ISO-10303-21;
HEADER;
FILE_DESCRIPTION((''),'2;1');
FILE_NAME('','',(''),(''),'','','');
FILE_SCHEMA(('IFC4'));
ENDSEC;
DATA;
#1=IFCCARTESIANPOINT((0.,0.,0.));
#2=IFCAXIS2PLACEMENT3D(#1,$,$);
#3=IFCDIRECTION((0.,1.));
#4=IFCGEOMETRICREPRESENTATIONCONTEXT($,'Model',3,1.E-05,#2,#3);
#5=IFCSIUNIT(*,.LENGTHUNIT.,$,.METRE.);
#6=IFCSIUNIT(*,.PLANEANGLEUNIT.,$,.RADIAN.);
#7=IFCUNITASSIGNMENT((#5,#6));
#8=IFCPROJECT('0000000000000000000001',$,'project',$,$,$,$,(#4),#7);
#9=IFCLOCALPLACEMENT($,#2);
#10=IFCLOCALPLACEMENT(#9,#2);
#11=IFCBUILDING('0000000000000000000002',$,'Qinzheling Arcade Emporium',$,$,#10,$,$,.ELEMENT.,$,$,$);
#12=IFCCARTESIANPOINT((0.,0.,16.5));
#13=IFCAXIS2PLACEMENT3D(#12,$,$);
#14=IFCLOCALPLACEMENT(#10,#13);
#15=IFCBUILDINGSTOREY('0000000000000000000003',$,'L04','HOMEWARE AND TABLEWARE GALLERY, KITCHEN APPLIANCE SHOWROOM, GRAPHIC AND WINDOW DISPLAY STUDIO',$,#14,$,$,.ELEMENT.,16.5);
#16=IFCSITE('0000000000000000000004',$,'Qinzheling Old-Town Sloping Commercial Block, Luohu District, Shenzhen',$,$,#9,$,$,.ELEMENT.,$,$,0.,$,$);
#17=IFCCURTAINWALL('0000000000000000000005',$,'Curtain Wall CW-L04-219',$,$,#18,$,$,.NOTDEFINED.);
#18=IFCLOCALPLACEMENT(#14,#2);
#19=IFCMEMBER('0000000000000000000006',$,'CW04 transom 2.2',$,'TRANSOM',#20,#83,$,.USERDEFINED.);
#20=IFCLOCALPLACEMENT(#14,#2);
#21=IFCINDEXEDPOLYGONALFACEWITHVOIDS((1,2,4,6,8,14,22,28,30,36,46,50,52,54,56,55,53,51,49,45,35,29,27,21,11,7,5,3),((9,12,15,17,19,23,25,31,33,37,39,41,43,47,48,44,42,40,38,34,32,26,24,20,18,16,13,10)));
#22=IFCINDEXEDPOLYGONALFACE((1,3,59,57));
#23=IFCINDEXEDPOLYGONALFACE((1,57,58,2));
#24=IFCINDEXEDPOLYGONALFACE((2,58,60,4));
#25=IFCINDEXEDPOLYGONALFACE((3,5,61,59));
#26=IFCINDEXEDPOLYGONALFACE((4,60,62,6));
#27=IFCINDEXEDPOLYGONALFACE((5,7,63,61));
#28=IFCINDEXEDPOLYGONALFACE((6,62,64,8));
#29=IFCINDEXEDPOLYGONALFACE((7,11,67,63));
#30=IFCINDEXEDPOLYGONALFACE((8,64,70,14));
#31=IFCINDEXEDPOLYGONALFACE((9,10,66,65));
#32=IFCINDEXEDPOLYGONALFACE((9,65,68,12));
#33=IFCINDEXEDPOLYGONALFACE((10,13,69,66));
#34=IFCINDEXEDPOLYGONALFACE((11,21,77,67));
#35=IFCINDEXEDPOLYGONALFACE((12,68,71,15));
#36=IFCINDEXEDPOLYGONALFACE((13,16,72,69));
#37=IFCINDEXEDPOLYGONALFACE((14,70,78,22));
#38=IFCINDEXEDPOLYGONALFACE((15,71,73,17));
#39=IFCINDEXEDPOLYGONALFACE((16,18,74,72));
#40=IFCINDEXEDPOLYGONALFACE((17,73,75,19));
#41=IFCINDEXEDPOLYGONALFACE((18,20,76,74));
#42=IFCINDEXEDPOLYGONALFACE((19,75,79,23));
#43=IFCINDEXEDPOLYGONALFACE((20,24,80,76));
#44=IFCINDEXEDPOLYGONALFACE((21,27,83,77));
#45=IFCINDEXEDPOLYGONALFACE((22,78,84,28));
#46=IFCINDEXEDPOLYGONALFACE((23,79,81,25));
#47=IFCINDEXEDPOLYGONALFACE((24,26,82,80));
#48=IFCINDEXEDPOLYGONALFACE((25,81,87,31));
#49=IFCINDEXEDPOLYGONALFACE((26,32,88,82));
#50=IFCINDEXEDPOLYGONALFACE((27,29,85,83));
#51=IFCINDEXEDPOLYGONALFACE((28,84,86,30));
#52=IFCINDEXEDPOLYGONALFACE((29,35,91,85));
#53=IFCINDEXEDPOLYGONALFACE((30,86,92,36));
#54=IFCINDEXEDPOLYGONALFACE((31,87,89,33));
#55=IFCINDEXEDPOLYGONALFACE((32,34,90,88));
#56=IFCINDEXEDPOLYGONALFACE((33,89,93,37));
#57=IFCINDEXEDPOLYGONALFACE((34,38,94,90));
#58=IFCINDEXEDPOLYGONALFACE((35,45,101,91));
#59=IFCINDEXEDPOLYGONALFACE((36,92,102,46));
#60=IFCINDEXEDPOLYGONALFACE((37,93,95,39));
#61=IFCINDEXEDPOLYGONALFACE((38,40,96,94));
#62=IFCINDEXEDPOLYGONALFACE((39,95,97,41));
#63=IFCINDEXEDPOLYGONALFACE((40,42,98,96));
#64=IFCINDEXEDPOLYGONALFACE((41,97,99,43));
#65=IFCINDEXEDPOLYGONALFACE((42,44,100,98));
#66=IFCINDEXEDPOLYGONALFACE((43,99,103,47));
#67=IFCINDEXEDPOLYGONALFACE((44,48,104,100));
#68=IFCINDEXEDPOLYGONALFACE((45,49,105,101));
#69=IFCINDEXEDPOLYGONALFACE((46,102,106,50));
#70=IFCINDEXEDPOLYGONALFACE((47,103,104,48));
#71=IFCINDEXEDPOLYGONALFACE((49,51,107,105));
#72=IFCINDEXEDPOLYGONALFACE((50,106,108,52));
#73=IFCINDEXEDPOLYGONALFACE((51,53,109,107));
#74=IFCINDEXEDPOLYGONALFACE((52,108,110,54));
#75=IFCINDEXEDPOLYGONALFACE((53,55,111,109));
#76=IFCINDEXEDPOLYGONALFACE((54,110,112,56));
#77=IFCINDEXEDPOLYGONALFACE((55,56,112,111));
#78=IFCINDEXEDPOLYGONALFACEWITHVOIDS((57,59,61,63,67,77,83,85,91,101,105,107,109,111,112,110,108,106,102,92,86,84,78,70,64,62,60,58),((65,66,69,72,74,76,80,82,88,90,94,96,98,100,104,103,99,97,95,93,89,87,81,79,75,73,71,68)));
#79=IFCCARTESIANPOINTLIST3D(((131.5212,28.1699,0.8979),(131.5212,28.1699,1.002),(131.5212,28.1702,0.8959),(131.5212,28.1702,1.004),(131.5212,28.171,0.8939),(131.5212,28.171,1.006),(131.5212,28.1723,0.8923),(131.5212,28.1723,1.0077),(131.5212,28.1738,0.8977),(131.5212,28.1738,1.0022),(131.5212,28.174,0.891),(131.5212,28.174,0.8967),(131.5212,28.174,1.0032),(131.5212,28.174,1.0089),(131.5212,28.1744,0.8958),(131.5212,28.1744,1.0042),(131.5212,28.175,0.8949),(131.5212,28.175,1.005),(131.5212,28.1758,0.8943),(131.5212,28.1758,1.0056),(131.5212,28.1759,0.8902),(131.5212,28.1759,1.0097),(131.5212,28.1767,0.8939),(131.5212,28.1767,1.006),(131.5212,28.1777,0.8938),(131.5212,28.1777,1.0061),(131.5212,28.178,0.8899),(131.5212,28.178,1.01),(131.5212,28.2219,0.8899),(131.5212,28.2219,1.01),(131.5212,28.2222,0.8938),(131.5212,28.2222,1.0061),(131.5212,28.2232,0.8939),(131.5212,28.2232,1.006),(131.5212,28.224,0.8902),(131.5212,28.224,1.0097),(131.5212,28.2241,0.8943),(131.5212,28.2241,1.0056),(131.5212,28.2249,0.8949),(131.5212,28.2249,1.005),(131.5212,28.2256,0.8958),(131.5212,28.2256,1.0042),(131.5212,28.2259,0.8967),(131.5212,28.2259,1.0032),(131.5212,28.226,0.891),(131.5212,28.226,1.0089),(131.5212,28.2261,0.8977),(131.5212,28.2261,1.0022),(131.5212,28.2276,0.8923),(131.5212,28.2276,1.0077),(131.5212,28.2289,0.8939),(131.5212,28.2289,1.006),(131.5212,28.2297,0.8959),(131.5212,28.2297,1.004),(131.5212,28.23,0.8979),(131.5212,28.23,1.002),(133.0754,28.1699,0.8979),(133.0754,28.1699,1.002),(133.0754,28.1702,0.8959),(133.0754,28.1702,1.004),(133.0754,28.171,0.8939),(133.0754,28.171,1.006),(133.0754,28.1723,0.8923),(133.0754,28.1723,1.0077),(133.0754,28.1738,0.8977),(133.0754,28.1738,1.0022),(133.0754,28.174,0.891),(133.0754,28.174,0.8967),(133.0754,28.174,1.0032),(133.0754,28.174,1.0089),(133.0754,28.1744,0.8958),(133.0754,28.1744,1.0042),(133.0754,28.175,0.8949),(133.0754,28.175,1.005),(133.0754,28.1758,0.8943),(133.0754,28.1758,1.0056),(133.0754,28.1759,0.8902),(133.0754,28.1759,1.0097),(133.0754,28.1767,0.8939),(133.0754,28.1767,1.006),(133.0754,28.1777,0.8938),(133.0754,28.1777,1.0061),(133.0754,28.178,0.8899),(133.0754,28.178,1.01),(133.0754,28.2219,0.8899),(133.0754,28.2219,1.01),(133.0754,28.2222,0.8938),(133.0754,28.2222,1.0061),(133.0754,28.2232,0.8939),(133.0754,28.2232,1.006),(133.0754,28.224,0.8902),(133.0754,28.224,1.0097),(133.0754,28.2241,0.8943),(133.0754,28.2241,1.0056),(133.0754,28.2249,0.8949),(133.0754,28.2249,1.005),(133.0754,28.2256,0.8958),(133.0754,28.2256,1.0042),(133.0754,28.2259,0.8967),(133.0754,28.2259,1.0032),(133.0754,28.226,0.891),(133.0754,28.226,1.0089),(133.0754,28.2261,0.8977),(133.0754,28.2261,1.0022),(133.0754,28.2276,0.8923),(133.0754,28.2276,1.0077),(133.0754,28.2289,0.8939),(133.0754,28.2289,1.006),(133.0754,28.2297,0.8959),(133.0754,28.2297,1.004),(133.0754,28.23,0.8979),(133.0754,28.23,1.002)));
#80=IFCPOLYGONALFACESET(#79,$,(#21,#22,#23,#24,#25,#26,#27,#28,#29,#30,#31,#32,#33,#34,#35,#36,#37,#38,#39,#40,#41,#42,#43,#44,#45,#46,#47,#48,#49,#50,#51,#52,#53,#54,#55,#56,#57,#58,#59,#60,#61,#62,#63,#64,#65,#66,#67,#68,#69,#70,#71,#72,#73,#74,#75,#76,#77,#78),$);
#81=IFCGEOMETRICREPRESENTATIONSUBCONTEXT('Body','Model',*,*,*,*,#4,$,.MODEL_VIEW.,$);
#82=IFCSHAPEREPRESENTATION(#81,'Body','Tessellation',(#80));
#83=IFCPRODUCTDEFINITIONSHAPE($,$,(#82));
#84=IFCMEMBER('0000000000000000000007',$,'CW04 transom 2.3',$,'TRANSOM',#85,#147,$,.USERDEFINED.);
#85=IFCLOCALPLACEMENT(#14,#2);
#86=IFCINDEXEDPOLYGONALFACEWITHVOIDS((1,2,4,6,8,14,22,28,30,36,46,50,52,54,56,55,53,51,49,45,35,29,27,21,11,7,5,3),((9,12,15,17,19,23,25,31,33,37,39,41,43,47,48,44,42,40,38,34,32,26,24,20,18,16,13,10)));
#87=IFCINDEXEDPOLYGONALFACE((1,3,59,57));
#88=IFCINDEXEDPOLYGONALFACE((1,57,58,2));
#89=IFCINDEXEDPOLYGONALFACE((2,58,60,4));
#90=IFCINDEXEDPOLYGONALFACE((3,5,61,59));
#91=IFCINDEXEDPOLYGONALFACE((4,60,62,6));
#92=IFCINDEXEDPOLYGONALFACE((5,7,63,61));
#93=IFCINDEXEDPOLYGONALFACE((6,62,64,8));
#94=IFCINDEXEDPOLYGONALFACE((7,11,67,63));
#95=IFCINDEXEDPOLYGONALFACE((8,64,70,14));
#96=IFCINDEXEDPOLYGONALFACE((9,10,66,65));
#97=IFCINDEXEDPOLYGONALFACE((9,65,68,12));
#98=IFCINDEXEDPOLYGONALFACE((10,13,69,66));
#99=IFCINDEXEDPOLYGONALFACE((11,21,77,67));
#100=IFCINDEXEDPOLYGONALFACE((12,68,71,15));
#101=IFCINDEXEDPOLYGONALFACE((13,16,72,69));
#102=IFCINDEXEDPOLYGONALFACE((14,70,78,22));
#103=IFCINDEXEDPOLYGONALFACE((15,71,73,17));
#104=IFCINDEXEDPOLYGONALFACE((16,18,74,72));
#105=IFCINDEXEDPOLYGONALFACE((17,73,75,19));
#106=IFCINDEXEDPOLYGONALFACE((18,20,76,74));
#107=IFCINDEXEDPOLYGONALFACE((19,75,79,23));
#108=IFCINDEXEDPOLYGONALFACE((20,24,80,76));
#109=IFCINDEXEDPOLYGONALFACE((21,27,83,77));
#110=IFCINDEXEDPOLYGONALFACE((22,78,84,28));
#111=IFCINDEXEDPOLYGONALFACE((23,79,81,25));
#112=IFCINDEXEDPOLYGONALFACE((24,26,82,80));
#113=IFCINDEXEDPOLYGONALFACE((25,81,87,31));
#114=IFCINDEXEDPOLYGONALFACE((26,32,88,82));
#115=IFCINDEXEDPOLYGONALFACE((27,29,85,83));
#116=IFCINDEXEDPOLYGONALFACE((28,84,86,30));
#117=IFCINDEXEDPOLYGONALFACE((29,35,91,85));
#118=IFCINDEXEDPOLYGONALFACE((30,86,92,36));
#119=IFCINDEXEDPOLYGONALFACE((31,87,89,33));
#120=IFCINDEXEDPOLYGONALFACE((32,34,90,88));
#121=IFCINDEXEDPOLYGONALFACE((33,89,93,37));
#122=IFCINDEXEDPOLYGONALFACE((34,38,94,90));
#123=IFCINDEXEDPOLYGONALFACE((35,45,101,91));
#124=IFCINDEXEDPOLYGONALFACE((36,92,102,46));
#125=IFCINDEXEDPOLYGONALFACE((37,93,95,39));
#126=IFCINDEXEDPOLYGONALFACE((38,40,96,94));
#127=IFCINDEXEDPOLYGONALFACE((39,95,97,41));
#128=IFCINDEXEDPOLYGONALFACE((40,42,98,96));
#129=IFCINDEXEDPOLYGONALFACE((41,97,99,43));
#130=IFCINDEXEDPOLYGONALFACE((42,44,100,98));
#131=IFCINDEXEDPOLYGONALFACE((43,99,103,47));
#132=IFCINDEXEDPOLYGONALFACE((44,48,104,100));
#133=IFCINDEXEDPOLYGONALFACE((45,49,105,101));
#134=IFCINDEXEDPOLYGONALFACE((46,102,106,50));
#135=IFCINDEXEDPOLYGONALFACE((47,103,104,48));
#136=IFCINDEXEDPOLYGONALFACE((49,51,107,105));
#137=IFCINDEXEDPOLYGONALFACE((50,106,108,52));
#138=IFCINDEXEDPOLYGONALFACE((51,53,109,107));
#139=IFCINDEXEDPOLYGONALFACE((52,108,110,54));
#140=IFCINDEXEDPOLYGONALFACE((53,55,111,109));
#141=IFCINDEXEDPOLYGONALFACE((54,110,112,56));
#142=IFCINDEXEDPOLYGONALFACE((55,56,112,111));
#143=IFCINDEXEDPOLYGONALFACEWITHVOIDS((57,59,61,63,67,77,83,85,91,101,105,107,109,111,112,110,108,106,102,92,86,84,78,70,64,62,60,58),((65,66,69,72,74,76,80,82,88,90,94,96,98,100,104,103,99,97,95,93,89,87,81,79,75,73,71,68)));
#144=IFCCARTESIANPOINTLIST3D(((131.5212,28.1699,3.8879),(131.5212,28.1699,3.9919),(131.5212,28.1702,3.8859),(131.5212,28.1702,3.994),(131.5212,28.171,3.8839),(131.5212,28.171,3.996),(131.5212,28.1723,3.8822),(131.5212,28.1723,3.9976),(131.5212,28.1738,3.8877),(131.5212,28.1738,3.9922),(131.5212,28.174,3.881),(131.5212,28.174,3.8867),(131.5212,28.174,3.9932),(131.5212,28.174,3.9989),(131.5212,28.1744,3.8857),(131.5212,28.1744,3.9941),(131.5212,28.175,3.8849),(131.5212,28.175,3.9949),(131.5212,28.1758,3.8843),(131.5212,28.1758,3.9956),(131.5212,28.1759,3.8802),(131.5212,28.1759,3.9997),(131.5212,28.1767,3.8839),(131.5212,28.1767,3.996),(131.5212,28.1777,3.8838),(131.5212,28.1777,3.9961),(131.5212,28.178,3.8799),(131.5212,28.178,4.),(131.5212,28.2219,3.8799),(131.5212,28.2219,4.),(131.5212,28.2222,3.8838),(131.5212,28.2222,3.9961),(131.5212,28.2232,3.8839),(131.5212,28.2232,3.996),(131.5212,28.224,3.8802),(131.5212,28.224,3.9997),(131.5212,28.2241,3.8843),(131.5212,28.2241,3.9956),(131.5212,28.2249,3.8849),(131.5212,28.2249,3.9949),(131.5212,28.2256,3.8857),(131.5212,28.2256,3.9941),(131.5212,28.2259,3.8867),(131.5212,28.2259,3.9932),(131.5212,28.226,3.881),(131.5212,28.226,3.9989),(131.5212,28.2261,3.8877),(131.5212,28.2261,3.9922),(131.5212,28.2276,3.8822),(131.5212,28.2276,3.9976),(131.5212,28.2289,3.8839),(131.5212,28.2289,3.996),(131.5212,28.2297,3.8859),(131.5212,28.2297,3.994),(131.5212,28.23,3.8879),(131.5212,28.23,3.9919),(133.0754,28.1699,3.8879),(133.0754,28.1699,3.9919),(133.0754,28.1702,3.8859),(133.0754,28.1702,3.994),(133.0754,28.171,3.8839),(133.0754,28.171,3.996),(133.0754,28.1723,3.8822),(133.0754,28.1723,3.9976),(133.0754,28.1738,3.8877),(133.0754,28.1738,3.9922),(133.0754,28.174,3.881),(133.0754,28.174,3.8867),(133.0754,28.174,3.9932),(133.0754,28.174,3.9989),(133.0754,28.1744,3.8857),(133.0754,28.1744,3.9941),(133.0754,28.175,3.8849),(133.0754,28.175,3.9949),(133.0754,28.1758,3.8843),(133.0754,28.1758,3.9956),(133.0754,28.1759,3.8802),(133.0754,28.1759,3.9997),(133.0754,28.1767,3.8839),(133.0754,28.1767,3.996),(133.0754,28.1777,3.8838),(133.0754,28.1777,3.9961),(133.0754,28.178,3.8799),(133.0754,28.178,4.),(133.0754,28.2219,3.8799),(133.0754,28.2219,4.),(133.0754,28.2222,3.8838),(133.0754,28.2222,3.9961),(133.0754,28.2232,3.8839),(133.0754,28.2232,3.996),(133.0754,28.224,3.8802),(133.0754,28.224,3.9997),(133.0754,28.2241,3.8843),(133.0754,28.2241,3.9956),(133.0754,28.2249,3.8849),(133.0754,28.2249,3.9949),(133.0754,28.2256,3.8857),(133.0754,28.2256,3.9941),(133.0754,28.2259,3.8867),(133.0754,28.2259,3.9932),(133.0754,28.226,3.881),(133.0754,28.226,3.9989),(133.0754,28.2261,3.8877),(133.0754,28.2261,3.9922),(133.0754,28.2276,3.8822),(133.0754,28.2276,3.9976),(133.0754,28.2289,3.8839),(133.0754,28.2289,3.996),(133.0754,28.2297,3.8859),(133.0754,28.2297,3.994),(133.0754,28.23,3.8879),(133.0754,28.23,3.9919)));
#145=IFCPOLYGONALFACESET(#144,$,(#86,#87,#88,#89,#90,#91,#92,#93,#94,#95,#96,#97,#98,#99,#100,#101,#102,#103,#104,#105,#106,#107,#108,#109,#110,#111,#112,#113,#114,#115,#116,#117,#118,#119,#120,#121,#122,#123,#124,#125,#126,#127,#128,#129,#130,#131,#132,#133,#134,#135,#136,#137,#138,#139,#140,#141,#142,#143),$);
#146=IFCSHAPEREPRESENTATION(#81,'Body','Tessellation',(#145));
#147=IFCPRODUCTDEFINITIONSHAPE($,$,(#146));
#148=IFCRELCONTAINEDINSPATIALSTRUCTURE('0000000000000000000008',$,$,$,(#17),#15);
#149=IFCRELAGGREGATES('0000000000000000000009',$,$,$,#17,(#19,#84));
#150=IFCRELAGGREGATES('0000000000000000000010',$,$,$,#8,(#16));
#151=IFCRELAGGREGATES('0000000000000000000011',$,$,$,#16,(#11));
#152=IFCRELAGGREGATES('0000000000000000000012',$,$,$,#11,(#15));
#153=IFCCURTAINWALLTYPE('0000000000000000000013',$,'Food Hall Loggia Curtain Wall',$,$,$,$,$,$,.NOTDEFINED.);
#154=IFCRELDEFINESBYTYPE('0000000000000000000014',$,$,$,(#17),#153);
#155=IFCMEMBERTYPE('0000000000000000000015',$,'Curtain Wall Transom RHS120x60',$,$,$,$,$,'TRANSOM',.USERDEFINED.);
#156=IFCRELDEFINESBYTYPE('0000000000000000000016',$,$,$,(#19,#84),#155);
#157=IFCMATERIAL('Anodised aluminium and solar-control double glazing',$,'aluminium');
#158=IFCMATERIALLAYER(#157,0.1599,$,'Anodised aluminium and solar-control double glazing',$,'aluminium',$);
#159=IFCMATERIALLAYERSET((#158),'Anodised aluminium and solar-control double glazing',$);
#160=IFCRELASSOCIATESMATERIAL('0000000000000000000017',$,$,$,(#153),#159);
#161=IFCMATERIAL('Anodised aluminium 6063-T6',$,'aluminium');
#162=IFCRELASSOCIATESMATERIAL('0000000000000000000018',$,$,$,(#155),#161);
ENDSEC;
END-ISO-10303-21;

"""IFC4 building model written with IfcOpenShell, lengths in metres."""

from ifc_helpers import new_model, si_unit, direction, frame, origin, origin_2d, place, context, subcontext, project, spatial, hollow_rectangle, extrude, material, layer, layer_set, material_profile, profile_set, type_object, element, aggregate, save


model = new_model("IFC4")

# Units and contexts
model_context = context("Model", 3, precision=1e-05, world=origin(), true_north=direction((0.0, 1.0)))
body_context = subcontext(model_context, "Body", "Model", "MODEL_VIEW")
ifc_project = project(units=[si_unit("LENGTHUNIT", "METRE"), si_unit("PLANEANGLEUNIT", "RADIAN")], contexts=[model_context])

# Site, building, storey
site_placement = place(None, origin())
site = spatial("IfcSite", under=ifc_project, at=site_placement, Name="Qinzheling Old-Town Sloping Commercial Block, Luohu District, Shenzhen", CompositionType="ELEMENT", RefElevation=0.0)
building_placement = place(site_placement, origin())
building = spatial("IfcBuilding", under=site, at=building_placement, Name="Qinzheling Arcade Emporium", CompositionType="ELEMENT")
storey_placement = place(building_placement, frame((0.0, 0.0, 16.5)))
storey = spatial("IfcBuildingStorey", under=building, at=storey_placement, Name="L04", Description="HOMEWARE AND TABLEWARE GALLERY, KITCHEN APPLIANCE SHOWROOM, GRAPHIC AND WINDOW DISPLAY STUDIO", CompositionType="ELEMENT", Elevation=16.5)

# Curtain wall, members
ifc_material_1 = material(Name="Anodised aluminium and solar-control double glazing", Category="aluminium")
ifc_layer_1 = layer(ifc_material_1, 0.1599, Name="Anodised aluminium and solar-control double glazing", Category="aluminium")
ifc_layer_set_1 = layer_set([ifc_layer_1], Name="Anodised aluminium and solar-control double glazing")
curtain_wall_type = type_object("IfcCurtainWallType", Name="Food Hall Loggia Curtain Wall", PredefinedType="NOTDEFINED", material=ifc_layer_set_1)
curtain_wall_placement = place(storey_placement, origin())
curtain_wall = element("IfcCurtainWall", 1, at=curtain_wall_placement, inside=storey, type_object=curtain_wall_type, Name="Curtain Wall CW-L04-219", PredefinedType="NOTDEFINED")
ifc_material_2 = material(Name="Anodised aluminium 6063-T6", Category="aluminium")
ifc_material_profile_1 = material_profile(ifc_material_2, hollow_rectangle(XDim=0.0601, YDim=0.1201, WallThickness=0.0039, InnerFilletRadius=0.0039, OuterFilletRadius=0.0081, at=origin_2d()), Name="RHS 120x60x4", Category="aluminium")
ifc_profile_set_1 = profile_set([ifc_material_profile_1], Name="Anodised aluminium 6063-T6")
member_type_1 = type_object("IfcMemberType", Name="Curtain Wall Transom RHS120x60", ElementType="TRANSOM", PredefinedType="USERDEFINED", material=ifc_profile_set_1)
member_1_placement = place(storey_placement, frame((131.5212, 28.2, 0.95), z_axis=(1.0, 0.0, 0.0), x_axis=(0.0, 1.0, 0.0)))
member_1 = element("IfcMember", 2, at=member_1_placement, type_object=member_type_1, Name="CW04 transom 2.2", ObjectType="TRANSOM", PredefinedType="USERDEFINED", context=body_context, shape_type="SweptSolid", body=[
    extrude(hollow_rectangle(XDim=0.0601, YDim=0.1201, WallThickness=0.0039, InnerFilletRadius=0.0039, OuterFilletRadius=0.0081, at=origin_2d()), origin(), (0.0, 0.0, 1.0), 1.5542),
])
member_2_placement = place(storey_placement, frame((131.5212, 28.2, 3.9399), z_axis=(1.0, 0.0, 0.0), x_axis=(0.0, 1.0, 0.0)))
member_2 = element("IfcMember", 3, at=member_2_placement, type_object=member_type_1, Name="CW04 transom 2.3", ObjectType="TRANSOM", PredefinedType="USERDEFINED", context=body_context, shape_type="SweptSolid", body=[
    extrude(hollow_rectangle(XDim=0.0601, YDim=0.1201, WallThickness=0.0039, InnerFilletRadius=0.0039, OuterFilletRadius=0.0081, at=origin_2d()), origin(), (0.0, 0.0, 1.0), 1.5542),
])

aggregate(curtain_wall, [member_1, member_2])

save(model, "model.ifc")
